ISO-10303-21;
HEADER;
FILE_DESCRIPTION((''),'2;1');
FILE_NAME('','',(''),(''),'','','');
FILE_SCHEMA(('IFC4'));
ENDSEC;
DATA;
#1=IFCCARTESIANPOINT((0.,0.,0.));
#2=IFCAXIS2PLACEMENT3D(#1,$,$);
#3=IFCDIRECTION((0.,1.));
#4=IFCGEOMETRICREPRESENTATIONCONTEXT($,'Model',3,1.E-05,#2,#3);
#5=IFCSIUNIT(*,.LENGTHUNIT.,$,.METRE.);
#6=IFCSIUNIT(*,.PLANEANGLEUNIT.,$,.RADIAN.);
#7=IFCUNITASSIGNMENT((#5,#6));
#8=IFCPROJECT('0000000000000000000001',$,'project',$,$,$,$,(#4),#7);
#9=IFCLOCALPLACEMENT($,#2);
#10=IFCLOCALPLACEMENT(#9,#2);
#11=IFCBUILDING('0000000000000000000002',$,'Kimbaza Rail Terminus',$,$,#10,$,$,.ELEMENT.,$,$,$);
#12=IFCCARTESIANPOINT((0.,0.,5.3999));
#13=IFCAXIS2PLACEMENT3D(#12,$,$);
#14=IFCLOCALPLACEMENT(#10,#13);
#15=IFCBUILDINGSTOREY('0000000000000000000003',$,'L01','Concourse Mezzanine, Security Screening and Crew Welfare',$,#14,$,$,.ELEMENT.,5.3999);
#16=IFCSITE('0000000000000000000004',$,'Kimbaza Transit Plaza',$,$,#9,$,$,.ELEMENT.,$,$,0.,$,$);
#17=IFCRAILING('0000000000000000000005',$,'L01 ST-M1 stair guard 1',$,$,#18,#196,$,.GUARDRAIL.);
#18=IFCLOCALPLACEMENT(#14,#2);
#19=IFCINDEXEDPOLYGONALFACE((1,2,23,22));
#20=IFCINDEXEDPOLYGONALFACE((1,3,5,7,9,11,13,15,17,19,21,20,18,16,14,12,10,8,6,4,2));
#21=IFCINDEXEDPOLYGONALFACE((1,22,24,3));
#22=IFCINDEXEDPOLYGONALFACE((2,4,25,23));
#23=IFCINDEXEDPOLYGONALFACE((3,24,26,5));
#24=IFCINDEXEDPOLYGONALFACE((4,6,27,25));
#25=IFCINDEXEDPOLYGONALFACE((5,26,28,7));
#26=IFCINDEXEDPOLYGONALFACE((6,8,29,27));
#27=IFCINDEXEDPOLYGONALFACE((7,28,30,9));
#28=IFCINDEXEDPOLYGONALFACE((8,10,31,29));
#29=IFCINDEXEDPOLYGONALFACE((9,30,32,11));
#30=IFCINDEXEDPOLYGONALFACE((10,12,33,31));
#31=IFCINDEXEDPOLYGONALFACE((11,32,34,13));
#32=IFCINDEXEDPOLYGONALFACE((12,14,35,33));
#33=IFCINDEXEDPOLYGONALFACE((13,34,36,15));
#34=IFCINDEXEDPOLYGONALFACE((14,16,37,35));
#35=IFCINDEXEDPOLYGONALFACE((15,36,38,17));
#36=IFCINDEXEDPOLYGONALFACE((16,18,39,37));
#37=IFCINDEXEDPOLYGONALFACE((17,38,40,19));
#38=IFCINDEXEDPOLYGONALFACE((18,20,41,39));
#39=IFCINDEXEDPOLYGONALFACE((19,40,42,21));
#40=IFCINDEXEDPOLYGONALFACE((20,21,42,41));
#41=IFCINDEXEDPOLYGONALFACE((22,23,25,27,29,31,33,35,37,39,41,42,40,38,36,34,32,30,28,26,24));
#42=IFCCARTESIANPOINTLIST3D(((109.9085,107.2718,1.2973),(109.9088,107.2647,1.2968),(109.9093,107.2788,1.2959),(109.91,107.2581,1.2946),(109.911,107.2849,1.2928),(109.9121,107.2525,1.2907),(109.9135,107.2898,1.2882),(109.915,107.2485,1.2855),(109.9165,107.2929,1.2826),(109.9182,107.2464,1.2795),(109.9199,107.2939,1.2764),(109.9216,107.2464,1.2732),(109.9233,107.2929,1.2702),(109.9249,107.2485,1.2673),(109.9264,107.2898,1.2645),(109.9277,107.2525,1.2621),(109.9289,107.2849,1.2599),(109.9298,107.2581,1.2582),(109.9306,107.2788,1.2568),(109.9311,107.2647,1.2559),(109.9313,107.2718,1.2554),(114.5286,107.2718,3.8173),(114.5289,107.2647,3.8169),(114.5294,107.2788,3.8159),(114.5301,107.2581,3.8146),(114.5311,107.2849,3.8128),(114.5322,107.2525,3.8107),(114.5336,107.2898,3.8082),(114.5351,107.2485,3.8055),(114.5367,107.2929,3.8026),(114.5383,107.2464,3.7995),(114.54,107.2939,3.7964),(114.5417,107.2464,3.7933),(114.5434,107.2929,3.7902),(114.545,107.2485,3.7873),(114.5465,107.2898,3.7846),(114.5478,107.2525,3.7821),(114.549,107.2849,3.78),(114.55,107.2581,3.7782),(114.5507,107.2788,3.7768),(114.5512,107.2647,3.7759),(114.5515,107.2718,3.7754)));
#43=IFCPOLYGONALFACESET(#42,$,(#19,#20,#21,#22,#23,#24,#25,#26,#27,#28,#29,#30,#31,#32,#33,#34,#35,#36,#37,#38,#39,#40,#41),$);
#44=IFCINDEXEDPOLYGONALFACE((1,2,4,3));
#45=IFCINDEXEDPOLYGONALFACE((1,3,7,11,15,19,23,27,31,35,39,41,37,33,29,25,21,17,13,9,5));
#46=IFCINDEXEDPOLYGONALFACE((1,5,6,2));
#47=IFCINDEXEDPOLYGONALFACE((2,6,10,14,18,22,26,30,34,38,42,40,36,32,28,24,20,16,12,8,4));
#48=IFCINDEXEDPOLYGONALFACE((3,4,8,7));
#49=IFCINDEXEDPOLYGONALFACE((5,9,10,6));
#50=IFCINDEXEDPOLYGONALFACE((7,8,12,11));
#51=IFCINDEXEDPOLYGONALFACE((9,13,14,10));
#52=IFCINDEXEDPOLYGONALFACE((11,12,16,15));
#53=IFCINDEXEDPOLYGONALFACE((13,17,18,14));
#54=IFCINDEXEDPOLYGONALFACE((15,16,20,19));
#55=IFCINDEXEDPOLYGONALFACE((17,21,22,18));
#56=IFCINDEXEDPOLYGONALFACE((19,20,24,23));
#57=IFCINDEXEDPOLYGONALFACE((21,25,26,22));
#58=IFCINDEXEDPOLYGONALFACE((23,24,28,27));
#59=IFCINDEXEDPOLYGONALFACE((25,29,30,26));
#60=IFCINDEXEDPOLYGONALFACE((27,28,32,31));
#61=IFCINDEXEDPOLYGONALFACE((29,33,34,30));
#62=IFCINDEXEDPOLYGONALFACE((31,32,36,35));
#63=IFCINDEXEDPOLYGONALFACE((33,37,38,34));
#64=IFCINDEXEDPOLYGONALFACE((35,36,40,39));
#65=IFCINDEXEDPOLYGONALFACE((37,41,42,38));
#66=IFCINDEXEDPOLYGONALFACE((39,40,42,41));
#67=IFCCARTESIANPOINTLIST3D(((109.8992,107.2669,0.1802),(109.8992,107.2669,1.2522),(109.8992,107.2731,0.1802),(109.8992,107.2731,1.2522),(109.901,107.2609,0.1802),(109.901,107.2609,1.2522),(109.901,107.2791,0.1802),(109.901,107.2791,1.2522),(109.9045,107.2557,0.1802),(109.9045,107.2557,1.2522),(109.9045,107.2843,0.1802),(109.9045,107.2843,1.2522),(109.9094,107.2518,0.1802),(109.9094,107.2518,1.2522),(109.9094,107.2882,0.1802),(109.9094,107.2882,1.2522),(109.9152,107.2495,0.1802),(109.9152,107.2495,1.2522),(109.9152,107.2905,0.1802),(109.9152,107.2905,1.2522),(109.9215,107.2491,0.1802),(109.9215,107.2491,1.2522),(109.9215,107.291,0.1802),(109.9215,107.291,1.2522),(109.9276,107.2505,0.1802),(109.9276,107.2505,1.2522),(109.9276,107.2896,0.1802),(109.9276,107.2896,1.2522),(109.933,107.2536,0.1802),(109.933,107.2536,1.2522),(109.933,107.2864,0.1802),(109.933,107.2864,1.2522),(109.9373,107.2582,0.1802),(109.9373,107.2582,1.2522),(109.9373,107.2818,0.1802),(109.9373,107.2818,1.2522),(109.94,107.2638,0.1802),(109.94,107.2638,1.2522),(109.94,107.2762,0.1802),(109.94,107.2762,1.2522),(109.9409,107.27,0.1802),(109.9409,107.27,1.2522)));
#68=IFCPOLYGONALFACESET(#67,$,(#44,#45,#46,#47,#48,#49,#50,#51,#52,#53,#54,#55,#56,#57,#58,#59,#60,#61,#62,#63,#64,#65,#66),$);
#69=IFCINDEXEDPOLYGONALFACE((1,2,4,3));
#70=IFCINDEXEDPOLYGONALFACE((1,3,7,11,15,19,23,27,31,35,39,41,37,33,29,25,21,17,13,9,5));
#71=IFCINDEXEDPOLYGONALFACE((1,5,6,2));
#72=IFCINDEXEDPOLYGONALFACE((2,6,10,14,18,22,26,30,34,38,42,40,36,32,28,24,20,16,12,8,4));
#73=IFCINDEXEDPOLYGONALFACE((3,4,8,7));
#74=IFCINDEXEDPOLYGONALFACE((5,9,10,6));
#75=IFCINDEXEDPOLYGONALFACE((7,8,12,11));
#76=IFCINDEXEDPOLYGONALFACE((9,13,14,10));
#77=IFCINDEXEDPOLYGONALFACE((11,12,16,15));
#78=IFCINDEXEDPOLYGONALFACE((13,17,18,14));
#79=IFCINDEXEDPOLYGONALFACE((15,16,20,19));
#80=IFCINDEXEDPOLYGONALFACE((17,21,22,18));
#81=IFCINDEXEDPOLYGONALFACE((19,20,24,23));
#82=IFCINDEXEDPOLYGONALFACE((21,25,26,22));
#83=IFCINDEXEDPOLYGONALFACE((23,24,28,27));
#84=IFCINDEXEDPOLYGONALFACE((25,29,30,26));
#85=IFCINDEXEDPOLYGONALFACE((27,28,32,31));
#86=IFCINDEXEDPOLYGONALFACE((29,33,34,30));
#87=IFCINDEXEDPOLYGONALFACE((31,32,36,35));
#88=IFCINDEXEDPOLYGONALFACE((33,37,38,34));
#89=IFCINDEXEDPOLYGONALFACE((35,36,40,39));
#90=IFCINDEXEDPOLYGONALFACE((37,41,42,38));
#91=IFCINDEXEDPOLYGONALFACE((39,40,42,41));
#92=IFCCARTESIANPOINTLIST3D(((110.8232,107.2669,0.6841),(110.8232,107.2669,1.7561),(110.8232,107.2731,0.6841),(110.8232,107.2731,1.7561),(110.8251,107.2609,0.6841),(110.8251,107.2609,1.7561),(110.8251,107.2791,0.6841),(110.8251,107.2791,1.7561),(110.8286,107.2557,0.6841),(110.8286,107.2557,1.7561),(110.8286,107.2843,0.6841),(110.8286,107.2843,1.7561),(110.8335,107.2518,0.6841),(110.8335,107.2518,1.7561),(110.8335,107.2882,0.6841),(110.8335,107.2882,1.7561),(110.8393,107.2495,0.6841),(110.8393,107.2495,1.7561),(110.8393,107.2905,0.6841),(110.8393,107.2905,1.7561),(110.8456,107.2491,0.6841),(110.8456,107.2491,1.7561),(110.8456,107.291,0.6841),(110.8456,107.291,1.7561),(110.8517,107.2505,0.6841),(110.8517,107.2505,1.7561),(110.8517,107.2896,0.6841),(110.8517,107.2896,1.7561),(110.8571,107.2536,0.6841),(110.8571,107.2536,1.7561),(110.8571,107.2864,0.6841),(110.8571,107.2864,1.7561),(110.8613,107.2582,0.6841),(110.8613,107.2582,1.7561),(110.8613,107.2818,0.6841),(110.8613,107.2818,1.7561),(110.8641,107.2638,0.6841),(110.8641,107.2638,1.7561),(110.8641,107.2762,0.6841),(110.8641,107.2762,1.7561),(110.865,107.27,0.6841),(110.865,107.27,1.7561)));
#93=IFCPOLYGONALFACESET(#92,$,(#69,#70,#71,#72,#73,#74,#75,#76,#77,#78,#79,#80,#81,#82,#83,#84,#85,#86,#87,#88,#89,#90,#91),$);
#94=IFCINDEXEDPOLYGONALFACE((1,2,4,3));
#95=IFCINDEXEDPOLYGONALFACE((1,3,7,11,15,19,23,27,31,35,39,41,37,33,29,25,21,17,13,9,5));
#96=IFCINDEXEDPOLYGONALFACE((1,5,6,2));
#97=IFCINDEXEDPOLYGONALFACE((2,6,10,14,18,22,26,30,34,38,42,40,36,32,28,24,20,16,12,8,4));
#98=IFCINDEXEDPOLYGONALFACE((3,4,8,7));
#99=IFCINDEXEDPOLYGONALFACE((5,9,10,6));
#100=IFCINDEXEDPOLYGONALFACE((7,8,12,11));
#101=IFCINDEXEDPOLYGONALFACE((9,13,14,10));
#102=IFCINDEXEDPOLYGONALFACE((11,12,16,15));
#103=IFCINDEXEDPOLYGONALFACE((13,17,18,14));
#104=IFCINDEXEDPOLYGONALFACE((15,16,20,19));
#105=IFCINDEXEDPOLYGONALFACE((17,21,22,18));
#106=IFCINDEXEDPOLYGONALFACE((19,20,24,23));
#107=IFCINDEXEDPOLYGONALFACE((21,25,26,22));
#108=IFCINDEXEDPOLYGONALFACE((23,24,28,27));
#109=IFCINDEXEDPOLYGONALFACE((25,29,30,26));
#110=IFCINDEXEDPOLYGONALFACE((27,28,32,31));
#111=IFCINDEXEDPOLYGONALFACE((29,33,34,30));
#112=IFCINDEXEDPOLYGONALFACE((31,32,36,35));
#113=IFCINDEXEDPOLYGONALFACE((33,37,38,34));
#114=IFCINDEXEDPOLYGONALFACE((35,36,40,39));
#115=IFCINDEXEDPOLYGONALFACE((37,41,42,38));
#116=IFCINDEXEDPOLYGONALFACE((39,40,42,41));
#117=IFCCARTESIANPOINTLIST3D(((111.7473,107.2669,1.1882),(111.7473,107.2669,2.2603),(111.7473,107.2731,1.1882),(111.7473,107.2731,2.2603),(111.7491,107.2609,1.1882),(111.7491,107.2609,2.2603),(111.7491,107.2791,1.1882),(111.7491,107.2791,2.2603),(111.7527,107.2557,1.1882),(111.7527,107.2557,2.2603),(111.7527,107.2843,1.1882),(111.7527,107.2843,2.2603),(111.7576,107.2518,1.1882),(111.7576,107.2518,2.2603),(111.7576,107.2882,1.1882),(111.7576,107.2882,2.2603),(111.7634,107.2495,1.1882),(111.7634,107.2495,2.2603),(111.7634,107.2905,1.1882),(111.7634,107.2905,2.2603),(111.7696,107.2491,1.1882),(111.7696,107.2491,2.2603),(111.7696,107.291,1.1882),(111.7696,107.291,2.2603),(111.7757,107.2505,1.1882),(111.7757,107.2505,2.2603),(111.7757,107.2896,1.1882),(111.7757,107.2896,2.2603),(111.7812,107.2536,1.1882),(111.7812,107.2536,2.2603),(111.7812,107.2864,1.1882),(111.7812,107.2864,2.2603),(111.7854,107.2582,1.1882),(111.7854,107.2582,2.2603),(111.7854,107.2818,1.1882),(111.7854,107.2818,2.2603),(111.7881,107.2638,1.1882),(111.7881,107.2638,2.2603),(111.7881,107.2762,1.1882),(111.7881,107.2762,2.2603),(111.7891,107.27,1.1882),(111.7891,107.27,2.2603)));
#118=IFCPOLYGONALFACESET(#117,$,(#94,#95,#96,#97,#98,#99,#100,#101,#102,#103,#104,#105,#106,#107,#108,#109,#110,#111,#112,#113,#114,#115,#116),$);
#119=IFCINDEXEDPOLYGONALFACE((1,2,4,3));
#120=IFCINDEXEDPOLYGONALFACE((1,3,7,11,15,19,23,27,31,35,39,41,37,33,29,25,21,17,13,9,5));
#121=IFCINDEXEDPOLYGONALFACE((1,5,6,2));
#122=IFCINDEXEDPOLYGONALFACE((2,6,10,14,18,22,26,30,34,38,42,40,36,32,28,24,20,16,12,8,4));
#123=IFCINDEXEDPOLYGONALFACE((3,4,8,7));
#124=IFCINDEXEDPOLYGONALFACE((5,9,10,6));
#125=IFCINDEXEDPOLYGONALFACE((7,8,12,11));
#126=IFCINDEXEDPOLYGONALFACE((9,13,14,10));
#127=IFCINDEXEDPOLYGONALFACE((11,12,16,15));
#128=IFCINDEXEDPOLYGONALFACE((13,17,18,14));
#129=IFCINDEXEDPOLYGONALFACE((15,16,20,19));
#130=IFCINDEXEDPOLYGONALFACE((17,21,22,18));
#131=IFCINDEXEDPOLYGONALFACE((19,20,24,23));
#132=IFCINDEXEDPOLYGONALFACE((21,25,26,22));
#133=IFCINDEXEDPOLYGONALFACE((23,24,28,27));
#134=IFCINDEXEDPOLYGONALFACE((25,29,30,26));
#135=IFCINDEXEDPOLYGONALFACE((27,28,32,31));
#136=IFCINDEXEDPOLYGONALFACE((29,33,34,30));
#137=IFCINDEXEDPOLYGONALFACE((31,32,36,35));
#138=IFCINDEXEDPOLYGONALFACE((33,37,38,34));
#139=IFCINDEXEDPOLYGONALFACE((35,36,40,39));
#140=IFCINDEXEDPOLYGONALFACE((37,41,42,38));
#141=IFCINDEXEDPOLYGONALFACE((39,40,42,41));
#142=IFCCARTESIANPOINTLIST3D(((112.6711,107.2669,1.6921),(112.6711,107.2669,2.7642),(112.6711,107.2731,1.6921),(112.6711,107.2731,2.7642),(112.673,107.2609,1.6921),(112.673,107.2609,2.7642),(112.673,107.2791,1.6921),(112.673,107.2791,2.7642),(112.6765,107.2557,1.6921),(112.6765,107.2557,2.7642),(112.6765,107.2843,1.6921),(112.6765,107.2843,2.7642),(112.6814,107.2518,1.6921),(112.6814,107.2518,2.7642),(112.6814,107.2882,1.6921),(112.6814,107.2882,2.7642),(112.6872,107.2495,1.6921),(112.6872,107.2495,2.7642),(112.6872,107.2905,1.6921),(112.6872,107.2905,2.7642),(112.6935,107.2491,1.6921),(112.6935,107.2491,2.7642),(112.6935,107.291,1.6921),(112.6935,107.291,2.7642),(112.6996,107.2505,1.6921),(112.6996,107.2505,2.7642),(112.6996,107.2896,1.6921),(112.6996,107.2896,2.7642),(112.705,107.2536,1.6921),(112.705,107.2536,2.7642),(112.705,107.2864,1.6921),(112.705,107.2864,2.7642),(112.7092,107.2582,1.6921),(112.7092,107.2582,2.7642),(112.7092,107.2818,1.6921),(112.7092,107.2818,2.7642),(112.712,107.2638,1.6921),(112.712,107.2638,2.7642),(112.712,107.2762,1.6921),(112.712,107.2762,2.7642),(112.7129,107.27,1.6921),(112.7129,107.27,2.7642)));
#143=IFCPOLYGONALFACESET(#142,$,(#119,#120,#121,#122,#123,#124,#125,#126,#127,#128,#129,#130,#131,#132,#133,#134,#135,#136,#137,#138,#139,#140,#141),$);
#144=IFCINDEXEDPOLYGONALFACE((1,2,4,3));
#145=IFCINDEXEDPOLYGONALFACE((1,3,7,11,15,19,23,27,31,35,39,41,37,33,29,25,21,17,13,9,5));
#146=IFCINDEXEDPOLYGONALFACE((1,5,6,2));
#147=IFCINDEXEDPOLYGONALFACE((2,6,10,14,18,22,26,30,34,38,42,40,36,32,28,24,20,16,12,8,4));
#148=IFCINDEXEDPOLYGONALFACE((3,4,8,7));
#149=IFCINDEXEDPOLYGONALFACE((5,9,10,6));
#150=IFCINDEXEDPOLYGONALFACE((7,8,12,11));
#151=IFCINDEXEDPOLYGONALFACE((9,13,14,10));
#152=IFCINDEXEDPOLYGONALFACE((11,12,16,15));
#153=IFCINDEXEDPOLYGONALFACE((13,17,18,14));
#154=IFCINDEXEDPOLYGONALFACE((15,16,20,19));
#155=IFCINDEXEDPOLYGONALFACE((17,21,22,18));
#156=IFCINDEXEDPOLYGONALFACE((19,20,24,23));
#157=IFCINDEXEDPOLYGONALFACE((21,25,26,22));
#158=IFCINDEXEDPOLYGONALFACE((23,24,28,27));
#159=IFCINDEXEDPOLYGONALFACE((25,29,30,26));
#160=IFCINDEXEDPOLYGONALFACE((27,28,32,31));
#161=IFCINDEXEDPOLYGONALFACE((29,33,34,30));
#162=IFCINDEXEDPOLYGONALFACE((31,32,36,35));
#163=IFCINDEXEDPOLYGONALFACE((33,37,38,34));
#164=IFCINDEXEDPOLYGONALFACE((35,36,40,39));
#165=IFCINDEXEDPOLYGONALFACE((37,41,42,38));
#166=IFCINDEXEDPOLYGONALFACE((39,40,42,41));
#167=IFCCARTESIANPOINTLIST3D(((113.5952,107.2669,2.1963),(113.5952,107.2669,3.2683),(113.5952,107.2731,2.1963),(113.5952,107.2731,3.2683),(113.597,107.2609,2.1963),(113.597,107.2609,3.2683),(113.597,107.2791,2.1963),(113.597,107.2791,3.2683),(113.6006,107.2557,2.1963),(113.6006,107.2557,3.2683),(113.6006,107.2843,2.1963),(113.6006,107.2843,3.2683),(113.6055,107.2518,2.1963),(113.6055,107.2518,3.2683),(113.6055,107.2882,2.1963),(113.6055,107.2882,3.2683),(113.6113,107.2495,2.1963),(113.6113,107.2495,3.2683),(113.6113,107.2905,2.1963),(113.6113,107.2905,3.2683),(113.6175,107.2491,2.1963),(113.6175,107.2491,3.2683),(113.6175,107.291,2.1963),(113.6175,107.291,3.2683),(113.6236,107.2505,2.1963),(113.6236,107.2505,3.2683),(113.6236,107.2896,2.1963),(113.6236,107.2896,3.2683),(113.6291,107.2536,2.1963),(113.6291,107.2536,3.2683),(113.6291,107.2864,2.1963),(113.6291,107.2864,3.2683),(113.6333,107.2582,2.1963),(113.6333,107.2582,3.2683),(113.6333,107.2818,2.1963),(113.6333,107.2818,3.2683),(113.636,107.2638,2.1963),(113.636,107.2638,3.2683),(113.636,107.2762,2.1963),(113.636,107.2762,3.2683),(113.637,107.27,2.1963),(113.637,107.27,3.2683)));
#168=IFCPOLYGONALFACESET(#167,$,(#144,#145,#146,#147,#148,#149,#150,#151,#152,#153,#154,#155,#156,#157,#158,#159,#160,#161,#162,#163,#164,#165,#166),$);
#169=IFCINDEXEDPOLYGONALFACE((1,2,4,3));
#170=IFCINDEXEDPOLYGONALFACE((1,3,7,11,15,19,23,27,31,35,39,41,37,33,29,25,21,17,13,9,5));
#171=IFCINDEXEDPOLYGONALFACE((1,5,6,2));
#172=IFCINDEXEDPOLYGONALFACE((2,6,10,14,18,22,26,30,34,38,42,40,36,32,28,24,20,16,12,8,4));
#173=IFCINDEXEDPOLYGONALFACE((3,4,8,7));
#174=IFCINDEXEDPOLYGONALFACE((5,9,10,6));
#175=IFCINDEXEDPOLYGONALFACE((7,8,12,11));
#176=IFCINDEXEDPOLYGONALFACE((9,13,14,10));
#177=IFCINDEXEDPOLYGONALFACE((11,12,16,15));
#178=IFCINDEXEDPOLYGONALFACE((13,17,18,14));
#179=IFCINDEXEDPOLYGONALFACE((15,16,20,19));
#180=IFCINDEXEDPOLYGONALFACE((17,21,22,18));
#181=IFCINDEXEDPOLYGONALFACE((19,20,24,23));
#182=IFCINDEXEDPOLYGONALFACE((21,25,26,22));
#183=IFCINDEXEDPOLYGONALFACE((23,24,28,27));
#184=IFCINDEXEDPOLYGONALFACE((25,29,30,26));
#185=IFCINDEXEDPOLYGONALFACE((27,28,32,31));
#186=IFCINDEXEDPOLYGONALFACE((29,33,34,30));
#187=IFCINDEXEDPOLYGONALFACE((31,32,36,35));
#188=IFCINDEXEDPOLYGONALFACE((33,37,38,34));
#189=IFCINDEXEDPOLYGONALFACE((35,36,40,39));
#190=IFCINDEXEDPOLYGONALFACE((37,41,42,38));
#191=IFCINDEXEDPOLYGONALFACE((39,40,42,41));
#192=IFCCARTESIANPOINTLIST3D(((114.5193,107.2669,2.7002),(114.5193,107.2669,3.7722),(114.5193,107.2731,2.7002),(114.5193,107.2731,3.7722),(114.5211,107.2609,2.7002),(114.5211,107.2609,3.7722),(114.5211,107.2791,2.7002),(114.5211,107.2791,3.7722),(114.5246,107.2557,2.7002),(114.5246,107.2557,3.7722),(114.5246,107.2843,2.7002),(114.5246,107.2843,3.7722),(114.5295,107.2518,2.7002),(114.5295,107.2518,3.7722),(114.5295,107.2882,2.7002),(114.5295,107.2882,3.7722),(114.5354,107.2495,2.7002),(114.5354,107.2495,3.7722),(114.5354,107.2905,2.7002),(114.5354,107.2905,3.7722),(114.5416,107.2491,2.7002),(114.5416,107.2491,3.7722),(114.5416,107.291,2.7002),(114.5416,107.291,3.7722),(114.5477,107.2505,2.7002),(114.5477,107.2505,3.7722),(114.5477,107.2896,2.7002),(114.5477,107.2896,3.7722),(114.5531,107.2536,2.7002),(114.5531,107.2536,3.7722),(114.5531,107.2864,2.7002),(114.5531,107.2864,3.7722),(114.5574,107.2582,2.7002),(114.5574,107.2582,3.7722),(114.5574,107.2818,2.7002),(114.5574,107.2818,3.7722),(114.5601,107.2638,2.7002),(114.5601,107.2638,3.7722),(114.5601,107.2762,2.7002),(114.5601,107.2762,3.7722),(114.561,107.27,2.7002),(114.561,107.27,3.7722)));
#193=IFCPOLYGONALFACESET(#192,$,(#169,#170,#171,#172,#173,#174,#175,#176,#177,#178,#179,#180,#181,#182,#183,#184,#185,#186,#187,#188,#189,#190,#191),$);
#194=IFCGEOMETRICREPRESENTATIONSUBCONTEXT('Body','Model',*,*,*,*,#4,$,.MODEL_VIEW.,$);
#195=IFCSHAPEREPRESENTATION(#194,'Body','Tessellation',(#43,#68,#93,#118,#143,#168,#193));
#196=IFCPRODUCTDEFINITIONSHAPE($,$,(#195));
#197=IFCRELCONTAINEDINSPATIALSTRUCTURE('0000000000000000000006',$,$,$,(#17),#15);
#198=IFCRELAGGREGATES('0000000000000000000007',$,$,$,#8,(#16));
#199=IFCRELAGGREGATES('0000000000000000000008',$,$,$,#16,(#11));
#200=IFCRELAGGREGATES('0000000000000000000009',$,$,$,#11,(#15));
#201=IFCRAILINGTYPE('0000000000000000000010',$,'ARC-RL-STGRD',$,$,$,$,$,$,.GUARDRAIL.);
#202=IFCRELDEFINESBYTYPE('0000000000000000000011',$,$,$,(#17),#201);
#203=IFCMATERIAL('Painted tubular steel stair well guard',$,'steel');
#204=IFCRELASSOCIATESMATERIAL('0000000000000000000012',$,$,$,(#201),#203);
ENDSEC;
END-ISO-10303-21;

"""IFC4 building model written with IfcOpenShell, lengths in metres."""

from ifc_helpers import new_model, si_unit, direction, frame, origin, origin_2d, place, context, subcontext, project, spatial, circle, extrude, material, type_object, element, save


model = new_model("IFC4")

# Units and contexts
model_context = context("Model", 3, precision=1e-05, world=origin(), true_north=direction((0.0, 1.0)))
body_context = subcontext(model_context, "Body", "Model", "MODEL_VIEW")
ifc_project = project(units=[si_unit("LENGTHUNIT", "METRE"), si_unit("PLANEANGLEUNIT", "RADIAN")], contexts=[model_context])

# Site, building, storey
site_placement = place(None, origin())
site = spatial("IfcSite", under=ifc_project, at=site_placement, Name="Kimbaza Transit Plaza", CompositionType="ELEMENT", RefElevation=0.0)
building_placement = place(site_placement, origin())
building = spatial("IfcBuilding", under=site, at=building_placement, Name="Kimbaza Rail Terminus", CompositionType="ELEMENT")
storey_placement = place(building_placement, frame((0.0, 0.0, 5.3999)))
storey = spatial("IfcBuildingStorey", under=building, at=storey_placement, Name="L01", Description="Concourse Mezzanine, Security Screening and Crew Welfare", CompositionType="ELEMENT", Elevation=5.3999)

# Railing
ifc_material_1 = material(Name="Painted tubular steel stair well guard", Category="steel")
railing_type_1 = type_object("IfcRailingType", Name="ARC-RL-STGRD", PredefinedType="GUARDRAIL", material=ifc_material_1)
railing_1_placement = place(storey_placement, frame((109.9199, 107.27, 0.1802)))
element("IfcRailing", 1, at=railing_1_placement, inside=storey, type_object=railing_type_1, Name="L01 ST-M1 stair guard 1", PredefinedType="GUARDRAIL", context=body_context, shape_type="SweptSolid", body=[
    extrude(circle(Radius=0.0239, at=origin_2d()), frame((0.0, 0.0, 1.0962), z_axis=(0.877899, 0.0, 0.478846), x_axis=(0.0, 1.0, 0.0)), (0.0, 0.0, 1.0), 5.2627),
    extrude(circle(Radius=0.021, at=origin_2d()), origin(), (0.0, 0.0, 1.0), 1.072),
    extrude(circle(Radius=0.021, at=origin_2d()), frame((0.9241, 0.0, 0.5039)), (0.0, 0.0, 1.0), 1.072),
    extrude(circle(Radius=0.021, at=origin_2d()), frame((1.8481, 0.0, 1.0081)), (0.0, 0.0, 1.0), 1.072),
    extrude(circle(Radius=0.021, at=origin_2d()), frame((2.772, 0.0, 1.512)), (0.0, 0.0, 1.0), 1.072),
    extrude(circle(Radius=0.021, at=origin_2d()), frame((3.696, 0.0, 2.0161)), (0.0, 0.0, 1.0), 1.072),
    extrude(circle(Radius=0.021, at=origin_2d()), frame((4.6201, 0.0, 2.52)), (0.0, 0.0, 1.0), 1.072),
])

save(model, "model.ifc")
